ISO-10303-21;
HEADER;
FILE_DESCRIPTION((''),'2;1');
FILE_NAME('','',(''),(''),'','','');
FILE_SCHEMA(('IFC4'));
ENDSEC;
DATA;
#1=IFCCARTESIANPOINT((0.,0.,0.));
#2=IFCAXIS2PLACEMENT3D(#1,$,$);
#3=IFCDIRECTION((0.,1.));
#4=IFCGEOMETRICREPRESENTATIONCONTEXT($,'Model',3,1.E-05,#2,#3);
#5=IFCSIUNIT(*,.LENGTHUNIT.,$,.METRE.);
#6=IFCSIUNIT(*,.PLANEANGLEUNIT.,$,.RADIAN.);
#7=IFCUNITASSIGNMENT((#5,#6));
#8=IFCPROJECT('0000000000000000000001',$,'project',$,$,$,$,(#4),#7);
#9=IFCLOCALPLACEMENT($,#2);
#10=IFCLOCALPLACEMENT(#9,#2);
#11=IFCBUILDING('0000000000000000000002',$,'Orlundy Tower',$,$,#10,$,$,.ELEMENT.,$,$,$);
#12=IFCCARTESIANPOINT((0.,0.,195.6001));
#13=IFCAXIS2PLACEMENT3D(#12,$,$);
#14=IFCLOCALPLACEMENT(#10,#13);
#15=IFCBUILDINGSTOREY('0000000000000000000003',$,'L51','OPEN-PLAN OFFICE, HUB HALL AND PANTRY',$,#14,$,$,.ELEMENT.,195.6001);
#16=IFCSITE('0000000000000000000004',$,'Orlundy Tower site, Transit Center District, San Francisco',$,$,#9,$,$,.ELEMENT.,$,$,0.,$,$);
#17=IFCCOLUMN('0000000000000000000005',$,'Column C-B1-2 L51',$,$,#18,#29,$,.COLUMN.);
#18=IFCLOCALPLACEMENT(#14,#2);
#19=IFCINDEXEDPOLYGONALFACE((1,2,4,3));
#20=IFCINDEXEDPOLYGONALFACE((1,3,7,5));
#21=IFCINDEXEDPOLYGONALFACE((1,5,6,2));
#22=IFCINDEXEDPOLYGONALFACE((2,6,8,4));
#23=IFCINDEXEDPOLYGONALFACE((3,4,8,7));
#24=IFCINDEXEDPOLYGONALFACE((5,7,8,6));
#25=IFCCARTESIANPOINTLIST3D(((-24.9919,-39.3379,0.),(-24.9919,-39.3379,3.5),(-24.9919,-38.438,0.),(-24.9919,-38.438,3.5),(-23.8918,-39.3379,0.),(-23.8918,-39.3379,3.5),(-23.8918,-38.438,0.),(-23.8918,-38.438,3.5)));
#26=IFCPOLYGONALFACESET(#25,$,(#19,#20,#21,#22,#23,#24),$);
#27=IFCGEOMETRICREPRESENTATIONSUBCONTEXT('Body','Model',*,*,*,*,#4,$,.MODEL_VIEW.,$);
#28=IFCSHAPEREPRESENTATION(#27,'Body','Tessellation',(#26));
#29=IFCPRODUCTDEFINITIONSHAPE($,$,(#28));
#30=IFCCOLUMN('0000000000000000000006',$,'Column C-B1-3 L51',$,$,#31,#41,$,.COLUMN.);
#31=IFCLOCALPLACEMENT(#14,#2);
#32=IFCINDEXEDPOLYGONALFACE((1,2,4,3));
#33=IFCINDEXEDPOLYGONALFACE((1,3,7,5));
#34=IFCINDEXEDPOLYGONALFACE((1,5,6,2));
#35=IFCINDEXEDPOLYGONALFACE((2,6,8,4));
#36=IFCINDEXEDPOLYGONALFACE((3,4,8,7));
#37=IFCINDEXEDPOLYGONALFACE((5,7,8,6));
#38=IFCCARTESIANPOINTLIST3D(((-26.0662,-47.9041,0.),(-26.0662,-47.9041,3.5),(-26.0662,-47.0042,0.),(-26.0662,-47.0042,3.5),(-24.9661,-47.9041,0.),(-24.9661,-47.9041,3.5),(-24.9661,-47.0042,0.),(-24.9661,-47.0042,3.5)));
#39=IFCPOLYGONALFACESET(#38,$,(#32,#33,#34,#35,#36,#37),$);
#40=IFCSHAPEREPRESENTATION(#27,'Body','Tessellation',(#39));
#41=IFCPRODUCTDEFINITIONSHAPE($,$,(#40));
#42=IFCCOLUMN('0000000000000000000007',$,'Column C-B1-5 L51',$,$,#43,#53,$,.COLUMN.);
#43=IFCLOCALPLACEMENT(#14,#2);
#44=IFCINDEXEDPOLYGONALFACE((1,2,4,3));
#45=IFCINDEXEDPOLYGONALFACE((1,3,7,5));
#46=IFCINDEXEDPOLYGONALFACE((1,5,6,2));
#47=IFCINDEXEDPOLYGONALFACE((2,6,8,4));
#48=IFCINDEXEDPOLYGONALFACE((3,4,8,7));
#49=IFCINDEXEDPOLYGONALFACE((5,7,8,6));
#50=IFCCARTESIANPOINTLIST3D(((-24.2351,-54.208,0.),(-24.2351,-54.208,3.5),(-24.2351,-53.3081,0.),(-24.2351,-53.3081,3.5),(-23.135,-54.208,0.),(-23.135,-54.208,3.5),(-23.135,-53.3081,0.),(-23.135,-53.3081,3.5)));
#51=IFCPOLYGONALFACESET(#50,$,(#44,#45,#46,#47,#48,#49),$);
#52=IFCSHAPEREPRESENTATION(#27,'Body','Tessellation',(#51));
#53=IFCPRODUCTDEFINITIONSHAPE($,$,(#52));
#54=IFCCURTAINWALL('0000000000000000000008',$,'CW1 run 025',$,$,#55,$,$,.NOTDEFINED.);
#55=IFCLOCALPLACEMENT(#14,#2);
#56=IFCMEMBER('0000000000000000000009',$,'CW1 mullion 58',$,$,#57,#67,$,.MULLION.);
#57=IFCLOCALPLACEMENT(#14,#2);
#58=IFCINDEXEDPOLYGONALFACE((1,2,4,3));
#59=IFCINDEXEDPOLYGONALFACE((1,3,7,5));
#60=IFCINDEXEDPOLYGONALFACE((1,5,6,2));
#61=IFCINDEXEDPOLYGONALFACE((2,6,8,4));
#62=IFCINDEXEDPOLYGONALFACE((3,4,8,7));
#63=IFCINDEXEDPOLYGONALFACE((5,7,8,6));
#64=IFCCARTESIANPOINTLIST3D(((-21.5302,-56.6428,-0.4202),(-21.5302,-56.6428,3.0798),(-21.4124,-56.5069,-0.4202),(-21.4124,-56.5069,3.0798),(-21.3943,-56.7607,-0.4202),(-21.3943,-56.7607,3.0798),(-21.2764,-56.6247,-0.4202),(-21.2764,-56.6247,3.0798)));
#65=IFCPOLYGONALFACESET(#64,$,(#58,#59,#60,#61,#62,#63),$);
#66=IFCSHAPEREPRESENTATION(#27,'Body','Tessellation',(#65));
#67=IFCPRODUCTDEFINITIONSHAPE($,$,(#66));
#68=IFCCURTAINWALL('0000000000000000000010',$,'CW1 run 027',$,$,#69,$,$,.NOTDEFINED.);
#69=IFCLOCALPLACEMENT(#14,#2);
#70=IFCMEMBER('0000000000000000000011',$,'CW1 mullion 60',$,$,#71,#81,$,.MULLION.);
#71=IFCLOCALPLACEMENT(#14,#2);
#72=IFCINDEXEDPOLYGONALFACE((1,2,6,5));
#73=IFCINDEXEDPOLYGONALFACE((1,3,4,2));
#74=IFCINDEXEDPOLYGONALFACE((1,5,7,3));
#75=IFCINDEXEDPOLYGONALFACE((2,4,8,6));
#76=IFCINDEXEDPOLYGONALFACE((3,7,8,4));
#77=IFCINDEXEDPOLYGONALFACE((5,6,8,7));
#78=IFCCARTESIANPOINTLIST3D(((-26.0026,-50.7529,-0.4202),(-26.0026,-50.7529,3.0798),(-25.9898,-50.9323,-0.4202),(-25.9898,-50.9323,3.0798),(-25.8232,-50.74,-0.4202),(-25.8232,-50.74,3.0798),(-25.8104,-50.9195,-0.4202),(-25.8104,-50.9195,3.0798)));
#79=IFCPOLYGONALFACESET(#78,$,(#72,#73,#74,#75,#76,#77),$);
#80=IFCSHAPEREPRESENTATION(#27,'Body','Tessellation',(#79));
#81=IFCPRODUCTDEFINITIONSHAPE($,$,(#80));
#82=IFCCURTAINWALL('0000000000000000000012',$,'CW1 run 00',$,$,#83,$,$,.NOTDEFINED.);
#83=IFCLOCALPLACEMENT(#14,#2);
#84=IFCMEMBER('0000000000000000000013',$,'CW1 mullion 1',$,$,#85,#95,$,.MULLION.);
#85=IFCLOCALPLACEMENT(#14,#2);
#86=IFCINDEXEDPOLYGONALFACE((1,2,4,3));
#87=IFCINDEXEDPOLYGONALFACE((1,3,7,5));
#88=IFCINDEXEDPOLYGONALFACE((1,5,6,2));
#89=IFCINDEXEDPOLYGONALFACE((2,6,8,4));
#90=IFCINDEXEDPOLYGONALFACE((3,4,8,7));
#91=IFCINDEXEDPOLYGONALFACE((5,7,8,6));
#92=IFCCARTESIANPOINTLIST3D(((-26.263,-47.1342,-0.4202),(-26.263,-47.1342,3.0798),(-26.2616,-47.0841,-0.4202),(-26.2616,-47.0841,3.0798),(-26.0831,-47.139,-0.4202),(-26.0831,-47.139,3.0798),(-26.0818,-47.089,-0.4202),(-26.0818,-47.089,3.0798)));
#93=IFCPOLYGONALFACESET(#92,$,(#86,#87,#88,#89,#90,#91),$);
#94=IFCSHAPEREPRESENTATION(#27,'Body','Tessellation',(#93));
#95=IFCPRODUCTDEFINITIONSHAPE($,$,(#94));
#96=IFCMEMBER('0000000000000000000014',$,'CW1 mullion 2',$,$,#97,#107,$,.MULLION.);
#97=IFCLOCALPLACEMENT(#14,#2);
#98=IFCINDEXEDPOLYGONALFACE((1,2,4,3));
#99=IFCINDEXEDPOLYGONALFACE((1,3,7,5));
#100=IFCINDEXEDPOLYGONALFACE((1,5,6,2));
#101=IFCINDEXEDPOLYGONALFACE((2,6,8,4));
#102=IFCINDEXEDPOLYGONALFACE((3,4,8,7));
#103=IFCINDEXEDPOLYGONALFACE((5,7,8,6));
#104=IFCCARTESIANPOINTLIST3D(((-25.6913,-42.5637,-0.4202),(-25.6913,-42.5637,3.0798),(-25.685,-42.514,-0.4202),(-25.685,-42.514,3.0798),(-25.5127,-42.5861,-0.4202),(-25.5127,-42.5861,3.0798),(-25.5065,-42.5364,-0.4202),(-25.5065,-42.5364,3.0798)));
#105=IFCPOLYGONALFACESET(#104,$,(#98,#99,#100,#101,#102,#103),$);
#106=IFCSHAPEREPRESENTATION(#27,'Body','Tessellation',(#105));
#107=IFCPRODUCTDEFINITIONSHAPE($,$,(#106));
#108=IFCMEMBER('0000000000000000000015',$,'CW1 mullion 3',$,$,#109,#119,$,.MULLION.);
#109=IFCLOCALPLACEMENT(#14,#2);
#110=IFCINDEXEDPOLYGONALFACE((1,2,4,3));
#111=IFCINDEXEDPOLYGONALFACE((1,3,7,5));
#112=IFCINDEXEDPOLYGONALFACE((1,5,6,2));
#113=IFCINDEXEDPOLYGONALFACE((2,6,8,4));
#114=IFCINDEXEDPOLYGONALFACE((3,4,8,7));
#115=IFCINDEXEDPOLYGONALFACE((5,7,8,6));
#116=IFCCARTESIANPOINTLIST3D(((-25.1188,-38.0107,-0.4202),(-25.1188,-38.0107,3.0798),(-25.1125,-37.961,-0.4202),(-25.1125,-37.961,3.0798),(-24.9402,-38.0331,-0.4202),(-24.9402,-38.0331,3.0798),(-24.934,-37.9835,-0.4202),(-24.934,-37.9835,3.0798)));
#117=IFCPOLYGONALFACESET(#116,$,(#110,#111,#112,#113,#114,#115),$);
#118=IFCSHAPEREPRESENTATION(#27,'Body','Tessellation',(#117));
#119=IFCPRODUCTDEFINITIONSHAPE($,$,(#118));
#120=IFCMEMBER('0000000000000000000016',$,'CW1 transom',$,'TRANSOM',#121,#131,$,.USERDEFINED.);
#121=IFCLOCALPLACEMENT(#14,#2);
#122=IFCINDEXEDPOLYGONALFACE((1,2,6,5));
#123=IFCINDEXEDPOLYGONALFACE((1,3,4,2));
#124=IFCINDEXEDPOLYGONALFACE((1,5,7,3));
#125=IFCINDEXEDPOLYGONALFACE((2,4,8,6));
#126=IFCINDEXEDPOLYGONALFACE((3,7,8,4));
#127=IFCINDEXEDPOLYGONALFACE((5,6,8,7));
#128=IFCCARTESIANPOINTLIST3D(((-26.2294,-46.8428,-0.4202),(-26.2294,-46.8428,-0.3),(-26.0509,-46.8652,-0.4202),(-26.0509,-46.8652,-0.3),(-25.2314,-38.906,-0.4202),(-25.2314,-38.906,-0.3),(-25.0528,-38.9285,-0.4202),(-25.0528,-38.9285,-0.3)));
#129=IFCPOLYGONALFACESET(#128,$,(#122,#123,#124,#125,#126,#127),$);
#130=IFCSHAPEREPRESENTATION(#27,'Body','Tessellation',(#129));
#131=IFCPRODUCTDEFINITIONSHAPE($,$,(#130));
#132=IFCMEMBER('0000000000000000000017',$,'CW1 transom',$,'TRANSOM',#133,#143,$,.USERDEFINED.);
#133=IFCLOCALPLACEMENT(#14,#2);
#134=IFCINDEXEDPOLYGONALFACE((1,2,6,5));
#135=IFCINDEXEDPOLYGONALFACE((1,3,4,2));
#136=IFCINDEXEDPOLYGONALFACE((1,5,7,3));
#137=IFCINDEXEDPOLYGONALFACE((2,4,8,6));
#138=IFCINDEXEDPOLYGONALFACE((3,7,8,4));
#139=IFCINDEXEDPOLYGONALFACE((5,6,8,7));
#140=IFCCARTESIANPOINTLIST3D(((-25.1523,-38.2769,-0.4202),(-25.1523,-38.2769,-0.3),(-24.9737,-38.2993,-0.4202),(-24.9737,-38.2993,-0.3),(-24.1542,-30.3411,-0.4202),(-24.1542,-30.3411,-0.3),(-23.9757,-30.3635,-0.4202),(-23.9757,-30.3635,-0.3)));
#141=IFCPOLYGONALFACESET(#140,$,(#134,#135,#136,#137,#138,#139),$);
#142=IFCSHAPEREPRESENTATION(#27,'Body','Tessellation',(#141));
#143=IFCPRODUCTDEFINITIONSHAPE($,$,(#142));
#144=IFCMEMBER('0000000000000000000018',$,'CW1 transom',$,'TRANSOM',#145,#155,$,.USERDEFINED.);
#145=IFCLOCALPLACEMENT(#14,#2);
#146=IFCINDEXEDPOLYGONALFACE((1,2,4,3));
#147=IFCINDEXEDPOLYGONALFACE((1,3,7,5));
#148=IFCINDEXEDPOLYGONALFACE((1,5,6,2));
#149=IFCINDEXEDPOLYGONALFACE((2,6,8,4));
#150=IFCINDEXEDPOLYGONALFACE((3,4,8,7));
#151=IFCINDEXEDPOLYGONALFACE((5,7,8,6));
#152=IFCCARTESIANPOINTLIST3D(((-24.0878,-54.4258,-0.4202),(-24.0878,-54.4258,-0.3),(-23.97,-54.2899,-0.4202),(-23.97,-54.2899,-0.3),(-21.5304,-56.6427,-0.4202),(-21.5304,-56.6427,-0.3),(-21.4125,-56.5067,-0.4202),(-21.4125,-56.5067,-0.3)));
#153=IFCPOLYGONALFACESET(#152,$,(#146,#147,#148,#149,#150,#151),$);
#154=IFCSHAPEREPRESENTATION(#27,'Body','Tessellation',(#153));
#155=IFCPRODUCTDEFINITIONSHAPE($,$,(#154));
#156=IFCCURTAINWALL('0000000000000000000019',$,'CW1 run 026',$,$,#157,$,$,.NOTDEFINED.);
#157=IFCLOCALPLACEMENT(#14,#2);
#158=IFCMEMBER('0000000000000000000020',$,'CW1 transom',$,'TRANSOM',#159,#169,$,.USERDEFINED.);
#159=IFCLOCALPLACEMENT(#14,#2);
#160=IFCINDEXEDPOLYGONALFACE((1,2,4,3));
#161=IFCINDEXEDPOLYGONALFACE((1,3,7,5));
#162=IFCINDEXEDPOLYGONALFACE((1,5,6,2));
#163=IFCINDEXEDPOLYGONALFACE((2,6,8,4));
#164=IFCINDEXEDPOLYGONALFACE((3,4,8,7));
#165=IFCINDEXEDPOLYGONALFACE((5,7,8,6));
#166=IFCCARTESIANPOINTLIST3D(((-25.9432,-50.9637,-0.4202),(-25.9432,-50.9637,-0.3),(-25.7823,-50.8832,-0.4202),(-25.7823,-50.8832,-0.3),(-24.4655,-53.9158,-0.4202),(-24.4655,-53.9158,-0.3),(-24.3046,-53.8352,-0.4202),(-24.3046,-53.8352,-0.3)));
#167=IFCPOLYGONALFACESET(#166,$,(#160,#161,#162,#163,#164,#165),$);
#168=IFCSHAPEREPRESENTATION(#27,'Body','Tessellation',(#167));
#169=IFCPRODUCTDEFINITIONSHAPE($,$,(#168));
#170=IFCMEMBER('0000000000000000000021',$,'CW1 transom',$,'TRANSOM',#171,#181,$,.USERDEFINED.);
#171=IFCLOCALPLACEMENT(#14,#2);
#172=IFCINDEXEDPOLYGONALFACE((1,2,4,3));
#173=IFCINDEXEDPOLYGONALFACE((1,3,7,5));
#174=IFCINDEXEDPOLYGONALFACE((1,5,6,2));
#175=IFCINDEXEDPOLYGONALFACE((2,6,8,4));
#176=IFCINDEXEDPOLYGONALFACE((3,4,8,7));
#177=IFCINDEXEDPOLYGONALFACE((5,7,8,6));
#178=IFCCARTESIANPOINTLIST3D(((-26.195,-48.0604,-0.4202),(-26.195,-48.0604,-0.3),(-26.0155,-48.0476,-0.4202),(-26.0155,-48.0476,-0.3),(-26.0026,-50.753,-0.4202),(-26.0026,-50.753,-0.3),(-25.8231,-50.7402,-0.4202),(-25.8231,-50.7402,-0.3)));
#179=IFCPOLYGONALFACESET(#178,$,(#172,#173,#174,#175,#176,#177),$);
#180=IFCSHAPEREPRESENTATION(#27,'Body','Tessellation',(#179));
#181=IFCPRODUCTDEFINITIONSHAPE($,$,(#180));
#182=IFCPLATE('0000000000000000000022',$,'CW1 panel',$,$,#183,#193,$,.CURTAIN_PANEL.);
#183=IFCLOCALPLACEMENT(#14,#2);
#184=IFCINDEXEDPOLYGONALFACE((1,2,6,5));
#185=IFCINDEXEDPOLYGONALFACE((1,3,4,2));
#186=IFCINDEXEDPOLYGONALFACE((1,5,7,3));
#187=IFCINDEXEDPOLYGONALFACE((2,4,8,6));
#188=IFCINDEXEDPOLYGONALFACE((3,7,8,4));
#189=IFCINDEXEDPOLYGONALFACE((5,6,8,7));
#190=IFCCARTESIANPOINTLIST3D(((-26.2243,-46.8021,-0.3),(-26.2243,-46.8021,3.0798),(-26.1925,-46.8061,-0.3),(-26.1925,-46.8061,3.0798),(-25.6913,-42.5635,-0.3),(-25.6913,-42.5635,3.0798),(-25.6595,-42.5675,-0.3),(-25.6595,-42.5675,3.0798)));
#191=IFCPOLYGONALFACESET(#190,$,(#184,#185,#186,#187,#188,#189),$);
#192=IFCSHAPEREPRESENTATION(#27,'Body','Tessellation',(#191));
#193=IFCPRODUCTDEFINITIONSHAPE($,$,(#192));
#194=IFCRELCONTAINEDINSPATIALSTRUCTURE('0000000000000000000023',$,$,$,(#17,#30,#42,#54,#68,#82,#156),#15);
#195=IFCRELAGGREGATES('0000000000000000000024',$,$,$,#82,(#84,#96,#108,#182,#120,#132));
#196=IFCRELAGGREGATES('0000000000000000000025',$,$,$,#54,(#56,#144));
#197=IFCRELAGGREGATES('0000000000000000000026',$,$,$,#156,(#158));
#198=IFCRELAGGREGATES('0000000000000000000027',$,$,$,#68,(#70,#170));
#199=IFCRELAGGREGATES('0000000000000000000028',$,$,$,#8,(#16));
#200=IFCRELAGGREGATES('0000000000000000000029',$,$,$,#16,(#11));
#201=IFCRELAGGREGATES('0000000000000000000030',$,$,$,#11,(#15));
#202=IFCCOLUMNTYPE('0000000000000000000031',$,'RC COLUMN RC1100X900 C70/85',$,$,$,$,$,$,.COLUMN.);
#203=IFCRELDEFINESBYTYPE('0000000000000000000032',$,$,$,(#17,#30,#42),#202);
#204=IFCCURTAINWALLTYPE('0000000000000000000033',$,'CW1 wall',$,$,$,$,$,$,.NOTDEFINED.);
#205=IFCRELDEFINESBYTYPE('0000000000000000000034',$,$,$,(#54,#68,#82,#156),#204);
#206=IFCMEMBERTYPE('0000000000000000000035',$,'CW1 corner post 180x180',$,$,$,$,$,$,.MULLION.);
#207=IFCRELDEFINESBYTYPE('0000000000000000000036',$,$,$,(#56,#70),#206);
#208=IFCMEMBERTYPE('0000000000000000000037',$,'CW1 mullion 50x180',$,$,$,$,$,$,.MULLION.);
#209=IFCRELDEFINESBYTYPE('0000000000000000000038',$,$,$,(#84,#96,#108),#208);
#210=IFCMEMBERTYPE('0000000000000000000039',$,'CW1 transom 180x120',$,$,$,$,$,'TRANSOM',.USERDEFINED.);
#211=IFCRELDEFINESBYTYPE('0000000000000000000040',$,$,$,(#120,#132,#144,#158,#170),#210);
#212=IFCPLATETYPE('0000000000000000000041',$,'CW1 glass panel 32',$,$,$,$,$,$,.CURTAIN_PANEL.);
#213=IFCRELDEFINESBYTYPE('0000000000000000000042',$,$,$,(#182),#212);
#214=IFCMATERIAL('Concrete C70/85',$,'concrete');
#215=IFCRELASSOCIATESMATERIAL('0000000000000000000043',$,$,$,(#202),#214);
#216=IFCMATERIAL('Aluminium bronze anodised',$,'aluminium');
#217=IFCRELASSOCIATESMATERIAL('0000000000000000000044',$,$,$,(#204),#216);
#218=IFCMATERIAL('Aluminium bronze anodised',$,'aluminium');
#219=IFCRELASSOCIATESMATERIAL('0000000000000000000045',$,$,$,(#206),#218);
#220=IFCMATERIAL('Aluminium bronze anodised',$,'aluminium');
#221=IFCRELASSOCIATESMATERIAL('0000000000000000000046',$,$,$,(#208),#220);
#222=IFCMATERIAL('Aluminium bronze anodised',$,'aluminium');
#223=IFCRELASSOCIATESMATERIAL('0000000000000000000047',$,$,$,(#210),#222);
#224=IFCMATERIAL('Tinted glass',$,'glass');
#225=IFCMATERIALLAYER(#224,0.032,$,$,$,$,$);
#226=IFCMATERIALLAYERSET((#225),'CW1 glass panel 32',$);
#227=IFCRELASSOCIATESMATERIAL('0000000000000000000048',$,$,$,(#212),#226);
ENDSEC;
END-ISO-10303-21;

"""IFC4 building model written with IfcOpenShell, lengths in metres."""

from ifc_helpers import new_model, si_unit, direction, frame, origin, origin_2d, place, context, subcontext, project, spatial, rectangle, extrude, material, layer, layer_set, material_profile, profile_set, type_object, element, aggregate, save


model = new_model("IFC4")

# Units and contexts
model_context = context("Model", 3, precision=1e-05, world=origin(), true_north=direction((0.0, 1.0)))
body_context = subcontext(model_context, "Body", "Model", "MODEL_VIEW")
ifc_project = project(units=[si_unit("LENGTHUNIT", "METRE"), si_unit("PLANEANGLEUNIT", "RADIAN")], contexts=[model_context])

# Site, building, storey
site_placement = place(None, origin())
site = spatial("IfcSite", under=ifc_project, at=site_placement, Name="Orlundy Tower site, Transit Center District, San Francisco", CompositionType="ELEMENT", RefElevation=0.0)
building_placement = place(site_placement, origin())
building = spatial("IfcBuilding", under=site, at=building_placement, Name="Orlundy Tower", CompositionType="ELEMENT")
storey_placement = place(building_placement, frame((0.0, 0.0, 195.6001)))
storey = spatial("IfcBuildingStorey", under=building, at=storey_placement, Name="L51", Description="OPEN-PLAN OFFICE, HUB HALL AND PANTRY", CompositionType="ELEMENT", Elevation=195.6001)

# Columns
ifc_material_1 = material(Name="Concrete C70/85", Category="concrete")
ifc_material_profile_1 = material_profile(ifc_material_1, rectangle(XDim=1.1001, YDim=0.8999, at=origin_2d()), Name="RC1100X900")
ifc_profile_set_1 = profile_set([ifc_material_profile_1], Name="Concrete C70/85")
column_type = type_object("IfcColumnType", Name="RC COLUMN RC1100X900 C70/85", PredefinedType="COLUMN", material=ifc_profile_set_1)
for number, where, z_axis, x_axis, name in (
    (1, (-24.4419, -38.8879, 0.0), (0.0, 0.0, 1.0), (1.0, 0.0, 0.0), "Column C-B1-2 L51"),
    (2, (-25.5161, -47.4541, 0.0), (0.0, 0.0, 1.0), (1.0, 0.0, 0.0), "Column C-B1-3 L51"),
    (3, (-23.6851, -53.7581, 0.0), (0.0, 0.0, 1.0), (1.0, 0.0, 0.0), "Column C-B1-5 L51"),
):
    element("IfcColumn", number, at=place(storey_placement, frame(where, z_axis=z_axis, x_axis=x_axis)), inside=storey, type_object=column_type, Name=name, PredefinedType="COLUMN", context=body_context, shape_type="SweptSolid", body=[
        extrude(rectangle(XDim=1.1001, YDim=0.8999, at=origin_2d()), origin(), (0.0, 0.0, 1.0), 3.5),
    ])

# Curtain walls, members
ifc_material_2 = material(Name="Aluminium bronze anodised", Category="aluminium")
curtain_wall_type = type_object("IfcCurtainWallType", Name="CW1 wall", PredefinedType="NOTDEFINED", material=ifc_material_2)
curtain_wall_1_placement = place(storey_placement, origin())
curtain_wall_1 = element("IfcCurtainWall", 4, at=curtain_wall_1_placement, inside=storey, type_object=curtain_wall_type, Name="CW1 run 025", PredefinedType="NOTDEFINED")
ifc_material_3 = material(Name="Aluminium bronze anodised", Category="aluminium")
ifc_material_profile_2 = material_profile(ifc_material_3, rectangle(XDim=0.1799, YDim=0.1799, at=origin_2d()), Name="CW1 corner post 180x180")
ifc_profile_set_2 = profile_set([ifc_material_profile_2], Name="Aluminium bronze anodised")
member_type_1 = type_object("IfcMemberType", Name="CW1 corner post 180x180", PredefinedType="MULLION", material=ifc_profile_set_2)
member_1_placement = place(storey_placement, frame((-21.4033, -56.6338, -0.4202), z_axis=(0.0, 0.0, 1.0), x_axis=(-0.655002, -0.755627, 0.0)))
member_1 = element("IfcMember", 5, at=member_1_placement, type_object=member_type_1, Name="CW1 mullion 58", PredefinedType="MULLION", context=body_context, shape_type="SweptSolid", body=[
    extrude(rectangle(XDim=0.1799, YDim=0.1799, at=origin_2d()), origin(), (0.0, 0.0, 1.0), 3.5),
])
curtain_wall_2_placement = place(storey_placement, origin())
curtain_wall_2 = element("IfcCurtainWall", 6, at=curtain_wall_2_placement, inside=storey, type_object=curtain_wall_type, Name="CW1 run 027", PredefinedType="NOTDEFINED")
member_2_placement = place(storey_placement, frame((-25.9065, -50.8362, -0.4202), z_axis=(0.0, 0.0, 1.0), x_axis=(-0.997461, -0.071209, 0.0)))
member_2 = element("IfcMember", 7, at=member_2_placement, type_object=member_type_1, Name="CW1 mullion 60", PredefinedType="MULLION", context=body_context, shape_type="SweptSolid", body=[
    extrude(rectangle(XDim=0.1799, YDim=0.1799, at=origin_2d()), origin(), (0.0, 0.0, 1.0), 3.5),
])

# Curtain wall, members
curtain_wall_3_placement = place(storey_placement, origin())
curtain_wall_3 = element("IfcCurtainWall", 8, at=curtain_wall_3_placement, inside=storey, type_object=curtain_wall_type, Name="CW1 run 00", PredefinedType="NOTDEFINED")
ifc_material_4 = material(Name="Aluminium bronze anodised", Category="aluminium")
ifc_material_profile_3 = material_profile(ifc_material_4, rectangle(XDim=0.1799, YDim=0.05, at=origin_2d()), Name="CW1 mullion 50x180")
ifc_profile_set_3 = profile_set([ifc_material_profile_3], Name="Aluminium bronze anodised")
member_type_2 = type_object("IfcMemberType", Name="CW1 mullion 50x180", PredefinedType="MULLION", material=ifc_profile_set_3)
member_3_placement = place(storey_placement, frame((-26.1724, -47.1116, -0.4202), z_axis=(0.0, 0.0, 1.0), x_axis=(-0.999638, 0.026907, 0.0)))
member_3 = element("IfcMember", 9, at=member_3_placement, type_object=member_type_2, Name="CW1 mullion 1", PredefinedType="MULLION", context=body_context, shape_type="SweptSolid", body=[
    extrude(rectangle(XDim=0.1799, YDim=0.05, at=origin_2d()), origin(), (0.0, 0.0, 1.0), 3.5),
])
member_4_placement = place(storey_placement, frame((-25.5989, -42.55, -0.4202), z_axis=(0.0, 0.0, 1.0), x_axis=(-0.992187, 0.124763, 0.0)))
member_4 = element("IfcMember", 10, at=member_4_placement, type_object=member_type_2, Name="CW1 mullion 2", PredefinedType="MULLION", context=body_context, shape_type="SweptSolid", body=[
    extrude(rectangle(XDim=0.1799, YDim=0.05, at=origin_2d()), origin(), (0.0, 0.0, 1.0), 3.5),
])
member_5_placement = place(storey_placement, frame((-25.0264, -37.9971, -0.4202), z_axis=(0.0, 0.0, 1.0), x_axis=(-0.992187, 0.124763, 0.0)))
member_5 = element("IfcMember", 11, at=member_5_placement, type_object=member_type_2, Name="CW1 mullion 3", PredefinedType="MULLION", context=body_context, shape_type="SweptSolid", body=[
    extrude(rectangle(XDim=0.1799, YDim=0.05, at=origin_2d()), origin(), (0.0, 0.0, 1.0), 3.5),
])
ifc_material_5 = material(Name="Aluminium bronze anodised", Category="aluminium")
ifc_material_profile_4 = material_profile(ifc_material_5, rectangle(XDim=0.1799, YDim=0.1201, at=origin_2d()), Name="CW1 transom 180x120")
ifc_profile_set_4 = profile_set([ifc_material_profile_4], Name="Aluminium bronze anodised")
member_type_3 = type_object("IfcMemberType", Name="CW1 transom 180x120", ElementType="TRANSOM", PredefinedType="USERDEFINED", material=ifc_profile_set_4)
member_6_placement = place(storey_placement, frame((-26.1401, -46.854, -0.3601), z_axis=(0.124767, 0.992186, 0.0), x_axis=(-0.992186, 0.124767, 0.0)))
member_6 = element("IfcMember", 12, at=member_6_placement, type_object=member_type_3, Name="CW1 transom", ObjectType="TRANSOM", PredefinedType="USERDEFINED", context=body_context, shape_type="SweptSolid", body=[
    extrude(rectangle(XDim=0.1799, YDim=0.1201, at=origin_2d()), origin(), (0.0, 0.0, 1.0), 7.9993),
])
member_7_placement = place(storey_placement, frame((-25.063, -38.2881, -0.3601), z_axis=(0.124782, 0.992184, 0.0), x_axis=(-0.992184, 0.124782, 0.0)))
member_7 = element("IfcMember", 13, at=member_7_placement, type_object=member_type_3, Name="CW1 transom", ObjectType="TRANSOM", PredefinedType="USERDEFINED", context=body_context, shape_type="SweptSolid", body=[
    extrude(rectangle(XDim=0.1799, YDim=0.1201, at=origin_2d()), origin(), (0.0, 0.0, 1.0), 7.9983),
])

# Member
member_8_placement = place(storey_placement, frame((-21.4714, -56.5747, -0.3601), z_axis=(-0.75563, 0.654999, 0.0), x_axis=(-0.654999, -0.75563, 0.0)))
member_8 = element("IfcMember", 14, at=member_8_placement, type_object=member_type_3, Name="CW1 transom", ObjectType="TRANSOM", PredefinedType="USERDEFINED", context=body_context, shape_type="SweptSolid", body=[
    extrude(rectangle(XDim=0.1799, YDim=0.1201, at=origin_2d()), origin(), (0.0, 0.0, 1.0), 3.3845),
])

# Curtain wall, member
curtain_wall_4_placement = place(storey_placement, origin())
curtain_wall_4 = element("IfcCurtainWall", 15, at=curtain_wall_4_placement, inside=storey, type_object=curtain_wall_type, Name="CW1 run 026", PredefinedType="NOTDEFINED")
member_9_placement = place(storey_placement, frame((-24.385, -53.8755, -0.3601), z_axis=(-0.447628, 0.89422, 0.0), x_axis=(-0.89422, -0.447628, 0.0)))
member_9 = element("IfcMember", 16, at=member_9_placement, type_object=member_type_3, Name="CW1 transom", ObjectType="TRANSOM", PredefinedType="USERDEFINED", context=body_context, shape_type="SweptSolid", body=[
    extrude(rectangle(XDim=0.1799, YDim=0.1201, at=origin_2d()), origin(), (0.0, 0.0, 1.0), 3.3013),
])

# Member
member_10_placement = place(storey_placement, frame((-25.9128, -50.7466, -0.3601), z_axis=(-0.071266, 0.997457, 0.0), x_axis=(-0.997457, -0.071266, 0.0)))
member_10 = element("IfcMember", 17, at=member_10_placement, type_object=member_type_3, Name="CW1 transom", ObjectType="TRANSOM", PredefinedType="USERDEFINED", context=body_context, shape_type="SweptSolid", body=[
    extrude(rectangle(XDim=0.1799, YDim=0.1201, at=origin_2d()), origin(), (0.0, 0.0, 1.0), 2.6995),
])

# Plate
ifc_material_6 = material(Name="Tinted glass", Category="glass")
ifc_layer_1 = layer(ifc_material_6, 0.032)
ifc_layer_set_1 = layer_set([ifc_layer_1], Name="CW1 glass panel 32")
plate_type = type_object("IfcPlateType", Name="CW1 glass panel 32", PredefinedType="CURTAIN_PANEL", material=ifc_layer_set_1)
plate_1_placement = place(storey_placement, frame((-25.9419, -44.6848, -0.3), z_axis=(0.0, 0.0, 1.0), x_axis=(0.124763, 0.992187, 0.0)))
plate_1 = element("IfcPlate", 18, at=plate_1_placement, type_object=plate_type, Name="CW1 panel", PredefinedType="CURTAIN_PANEL", context=body_context, shape_type="SweptSolid", body=[
    extrude(rectangle(XDim=4.272, YDim=0.032, at=origin_2d()), origin(), (0.0, 0.0, 1.0), 3.3799),
])
aggregate(curtain_wall_3, [member_3, member_4, member_5, plate_1, member_6, member_7])
aggregate(curtain_wall_1, [member_1, member_8])
aggregate(curtain_wall_4, [member_9])
aggregate(curtain_wall_2, [member_2, member_10])

save(model, "model.ifc")
